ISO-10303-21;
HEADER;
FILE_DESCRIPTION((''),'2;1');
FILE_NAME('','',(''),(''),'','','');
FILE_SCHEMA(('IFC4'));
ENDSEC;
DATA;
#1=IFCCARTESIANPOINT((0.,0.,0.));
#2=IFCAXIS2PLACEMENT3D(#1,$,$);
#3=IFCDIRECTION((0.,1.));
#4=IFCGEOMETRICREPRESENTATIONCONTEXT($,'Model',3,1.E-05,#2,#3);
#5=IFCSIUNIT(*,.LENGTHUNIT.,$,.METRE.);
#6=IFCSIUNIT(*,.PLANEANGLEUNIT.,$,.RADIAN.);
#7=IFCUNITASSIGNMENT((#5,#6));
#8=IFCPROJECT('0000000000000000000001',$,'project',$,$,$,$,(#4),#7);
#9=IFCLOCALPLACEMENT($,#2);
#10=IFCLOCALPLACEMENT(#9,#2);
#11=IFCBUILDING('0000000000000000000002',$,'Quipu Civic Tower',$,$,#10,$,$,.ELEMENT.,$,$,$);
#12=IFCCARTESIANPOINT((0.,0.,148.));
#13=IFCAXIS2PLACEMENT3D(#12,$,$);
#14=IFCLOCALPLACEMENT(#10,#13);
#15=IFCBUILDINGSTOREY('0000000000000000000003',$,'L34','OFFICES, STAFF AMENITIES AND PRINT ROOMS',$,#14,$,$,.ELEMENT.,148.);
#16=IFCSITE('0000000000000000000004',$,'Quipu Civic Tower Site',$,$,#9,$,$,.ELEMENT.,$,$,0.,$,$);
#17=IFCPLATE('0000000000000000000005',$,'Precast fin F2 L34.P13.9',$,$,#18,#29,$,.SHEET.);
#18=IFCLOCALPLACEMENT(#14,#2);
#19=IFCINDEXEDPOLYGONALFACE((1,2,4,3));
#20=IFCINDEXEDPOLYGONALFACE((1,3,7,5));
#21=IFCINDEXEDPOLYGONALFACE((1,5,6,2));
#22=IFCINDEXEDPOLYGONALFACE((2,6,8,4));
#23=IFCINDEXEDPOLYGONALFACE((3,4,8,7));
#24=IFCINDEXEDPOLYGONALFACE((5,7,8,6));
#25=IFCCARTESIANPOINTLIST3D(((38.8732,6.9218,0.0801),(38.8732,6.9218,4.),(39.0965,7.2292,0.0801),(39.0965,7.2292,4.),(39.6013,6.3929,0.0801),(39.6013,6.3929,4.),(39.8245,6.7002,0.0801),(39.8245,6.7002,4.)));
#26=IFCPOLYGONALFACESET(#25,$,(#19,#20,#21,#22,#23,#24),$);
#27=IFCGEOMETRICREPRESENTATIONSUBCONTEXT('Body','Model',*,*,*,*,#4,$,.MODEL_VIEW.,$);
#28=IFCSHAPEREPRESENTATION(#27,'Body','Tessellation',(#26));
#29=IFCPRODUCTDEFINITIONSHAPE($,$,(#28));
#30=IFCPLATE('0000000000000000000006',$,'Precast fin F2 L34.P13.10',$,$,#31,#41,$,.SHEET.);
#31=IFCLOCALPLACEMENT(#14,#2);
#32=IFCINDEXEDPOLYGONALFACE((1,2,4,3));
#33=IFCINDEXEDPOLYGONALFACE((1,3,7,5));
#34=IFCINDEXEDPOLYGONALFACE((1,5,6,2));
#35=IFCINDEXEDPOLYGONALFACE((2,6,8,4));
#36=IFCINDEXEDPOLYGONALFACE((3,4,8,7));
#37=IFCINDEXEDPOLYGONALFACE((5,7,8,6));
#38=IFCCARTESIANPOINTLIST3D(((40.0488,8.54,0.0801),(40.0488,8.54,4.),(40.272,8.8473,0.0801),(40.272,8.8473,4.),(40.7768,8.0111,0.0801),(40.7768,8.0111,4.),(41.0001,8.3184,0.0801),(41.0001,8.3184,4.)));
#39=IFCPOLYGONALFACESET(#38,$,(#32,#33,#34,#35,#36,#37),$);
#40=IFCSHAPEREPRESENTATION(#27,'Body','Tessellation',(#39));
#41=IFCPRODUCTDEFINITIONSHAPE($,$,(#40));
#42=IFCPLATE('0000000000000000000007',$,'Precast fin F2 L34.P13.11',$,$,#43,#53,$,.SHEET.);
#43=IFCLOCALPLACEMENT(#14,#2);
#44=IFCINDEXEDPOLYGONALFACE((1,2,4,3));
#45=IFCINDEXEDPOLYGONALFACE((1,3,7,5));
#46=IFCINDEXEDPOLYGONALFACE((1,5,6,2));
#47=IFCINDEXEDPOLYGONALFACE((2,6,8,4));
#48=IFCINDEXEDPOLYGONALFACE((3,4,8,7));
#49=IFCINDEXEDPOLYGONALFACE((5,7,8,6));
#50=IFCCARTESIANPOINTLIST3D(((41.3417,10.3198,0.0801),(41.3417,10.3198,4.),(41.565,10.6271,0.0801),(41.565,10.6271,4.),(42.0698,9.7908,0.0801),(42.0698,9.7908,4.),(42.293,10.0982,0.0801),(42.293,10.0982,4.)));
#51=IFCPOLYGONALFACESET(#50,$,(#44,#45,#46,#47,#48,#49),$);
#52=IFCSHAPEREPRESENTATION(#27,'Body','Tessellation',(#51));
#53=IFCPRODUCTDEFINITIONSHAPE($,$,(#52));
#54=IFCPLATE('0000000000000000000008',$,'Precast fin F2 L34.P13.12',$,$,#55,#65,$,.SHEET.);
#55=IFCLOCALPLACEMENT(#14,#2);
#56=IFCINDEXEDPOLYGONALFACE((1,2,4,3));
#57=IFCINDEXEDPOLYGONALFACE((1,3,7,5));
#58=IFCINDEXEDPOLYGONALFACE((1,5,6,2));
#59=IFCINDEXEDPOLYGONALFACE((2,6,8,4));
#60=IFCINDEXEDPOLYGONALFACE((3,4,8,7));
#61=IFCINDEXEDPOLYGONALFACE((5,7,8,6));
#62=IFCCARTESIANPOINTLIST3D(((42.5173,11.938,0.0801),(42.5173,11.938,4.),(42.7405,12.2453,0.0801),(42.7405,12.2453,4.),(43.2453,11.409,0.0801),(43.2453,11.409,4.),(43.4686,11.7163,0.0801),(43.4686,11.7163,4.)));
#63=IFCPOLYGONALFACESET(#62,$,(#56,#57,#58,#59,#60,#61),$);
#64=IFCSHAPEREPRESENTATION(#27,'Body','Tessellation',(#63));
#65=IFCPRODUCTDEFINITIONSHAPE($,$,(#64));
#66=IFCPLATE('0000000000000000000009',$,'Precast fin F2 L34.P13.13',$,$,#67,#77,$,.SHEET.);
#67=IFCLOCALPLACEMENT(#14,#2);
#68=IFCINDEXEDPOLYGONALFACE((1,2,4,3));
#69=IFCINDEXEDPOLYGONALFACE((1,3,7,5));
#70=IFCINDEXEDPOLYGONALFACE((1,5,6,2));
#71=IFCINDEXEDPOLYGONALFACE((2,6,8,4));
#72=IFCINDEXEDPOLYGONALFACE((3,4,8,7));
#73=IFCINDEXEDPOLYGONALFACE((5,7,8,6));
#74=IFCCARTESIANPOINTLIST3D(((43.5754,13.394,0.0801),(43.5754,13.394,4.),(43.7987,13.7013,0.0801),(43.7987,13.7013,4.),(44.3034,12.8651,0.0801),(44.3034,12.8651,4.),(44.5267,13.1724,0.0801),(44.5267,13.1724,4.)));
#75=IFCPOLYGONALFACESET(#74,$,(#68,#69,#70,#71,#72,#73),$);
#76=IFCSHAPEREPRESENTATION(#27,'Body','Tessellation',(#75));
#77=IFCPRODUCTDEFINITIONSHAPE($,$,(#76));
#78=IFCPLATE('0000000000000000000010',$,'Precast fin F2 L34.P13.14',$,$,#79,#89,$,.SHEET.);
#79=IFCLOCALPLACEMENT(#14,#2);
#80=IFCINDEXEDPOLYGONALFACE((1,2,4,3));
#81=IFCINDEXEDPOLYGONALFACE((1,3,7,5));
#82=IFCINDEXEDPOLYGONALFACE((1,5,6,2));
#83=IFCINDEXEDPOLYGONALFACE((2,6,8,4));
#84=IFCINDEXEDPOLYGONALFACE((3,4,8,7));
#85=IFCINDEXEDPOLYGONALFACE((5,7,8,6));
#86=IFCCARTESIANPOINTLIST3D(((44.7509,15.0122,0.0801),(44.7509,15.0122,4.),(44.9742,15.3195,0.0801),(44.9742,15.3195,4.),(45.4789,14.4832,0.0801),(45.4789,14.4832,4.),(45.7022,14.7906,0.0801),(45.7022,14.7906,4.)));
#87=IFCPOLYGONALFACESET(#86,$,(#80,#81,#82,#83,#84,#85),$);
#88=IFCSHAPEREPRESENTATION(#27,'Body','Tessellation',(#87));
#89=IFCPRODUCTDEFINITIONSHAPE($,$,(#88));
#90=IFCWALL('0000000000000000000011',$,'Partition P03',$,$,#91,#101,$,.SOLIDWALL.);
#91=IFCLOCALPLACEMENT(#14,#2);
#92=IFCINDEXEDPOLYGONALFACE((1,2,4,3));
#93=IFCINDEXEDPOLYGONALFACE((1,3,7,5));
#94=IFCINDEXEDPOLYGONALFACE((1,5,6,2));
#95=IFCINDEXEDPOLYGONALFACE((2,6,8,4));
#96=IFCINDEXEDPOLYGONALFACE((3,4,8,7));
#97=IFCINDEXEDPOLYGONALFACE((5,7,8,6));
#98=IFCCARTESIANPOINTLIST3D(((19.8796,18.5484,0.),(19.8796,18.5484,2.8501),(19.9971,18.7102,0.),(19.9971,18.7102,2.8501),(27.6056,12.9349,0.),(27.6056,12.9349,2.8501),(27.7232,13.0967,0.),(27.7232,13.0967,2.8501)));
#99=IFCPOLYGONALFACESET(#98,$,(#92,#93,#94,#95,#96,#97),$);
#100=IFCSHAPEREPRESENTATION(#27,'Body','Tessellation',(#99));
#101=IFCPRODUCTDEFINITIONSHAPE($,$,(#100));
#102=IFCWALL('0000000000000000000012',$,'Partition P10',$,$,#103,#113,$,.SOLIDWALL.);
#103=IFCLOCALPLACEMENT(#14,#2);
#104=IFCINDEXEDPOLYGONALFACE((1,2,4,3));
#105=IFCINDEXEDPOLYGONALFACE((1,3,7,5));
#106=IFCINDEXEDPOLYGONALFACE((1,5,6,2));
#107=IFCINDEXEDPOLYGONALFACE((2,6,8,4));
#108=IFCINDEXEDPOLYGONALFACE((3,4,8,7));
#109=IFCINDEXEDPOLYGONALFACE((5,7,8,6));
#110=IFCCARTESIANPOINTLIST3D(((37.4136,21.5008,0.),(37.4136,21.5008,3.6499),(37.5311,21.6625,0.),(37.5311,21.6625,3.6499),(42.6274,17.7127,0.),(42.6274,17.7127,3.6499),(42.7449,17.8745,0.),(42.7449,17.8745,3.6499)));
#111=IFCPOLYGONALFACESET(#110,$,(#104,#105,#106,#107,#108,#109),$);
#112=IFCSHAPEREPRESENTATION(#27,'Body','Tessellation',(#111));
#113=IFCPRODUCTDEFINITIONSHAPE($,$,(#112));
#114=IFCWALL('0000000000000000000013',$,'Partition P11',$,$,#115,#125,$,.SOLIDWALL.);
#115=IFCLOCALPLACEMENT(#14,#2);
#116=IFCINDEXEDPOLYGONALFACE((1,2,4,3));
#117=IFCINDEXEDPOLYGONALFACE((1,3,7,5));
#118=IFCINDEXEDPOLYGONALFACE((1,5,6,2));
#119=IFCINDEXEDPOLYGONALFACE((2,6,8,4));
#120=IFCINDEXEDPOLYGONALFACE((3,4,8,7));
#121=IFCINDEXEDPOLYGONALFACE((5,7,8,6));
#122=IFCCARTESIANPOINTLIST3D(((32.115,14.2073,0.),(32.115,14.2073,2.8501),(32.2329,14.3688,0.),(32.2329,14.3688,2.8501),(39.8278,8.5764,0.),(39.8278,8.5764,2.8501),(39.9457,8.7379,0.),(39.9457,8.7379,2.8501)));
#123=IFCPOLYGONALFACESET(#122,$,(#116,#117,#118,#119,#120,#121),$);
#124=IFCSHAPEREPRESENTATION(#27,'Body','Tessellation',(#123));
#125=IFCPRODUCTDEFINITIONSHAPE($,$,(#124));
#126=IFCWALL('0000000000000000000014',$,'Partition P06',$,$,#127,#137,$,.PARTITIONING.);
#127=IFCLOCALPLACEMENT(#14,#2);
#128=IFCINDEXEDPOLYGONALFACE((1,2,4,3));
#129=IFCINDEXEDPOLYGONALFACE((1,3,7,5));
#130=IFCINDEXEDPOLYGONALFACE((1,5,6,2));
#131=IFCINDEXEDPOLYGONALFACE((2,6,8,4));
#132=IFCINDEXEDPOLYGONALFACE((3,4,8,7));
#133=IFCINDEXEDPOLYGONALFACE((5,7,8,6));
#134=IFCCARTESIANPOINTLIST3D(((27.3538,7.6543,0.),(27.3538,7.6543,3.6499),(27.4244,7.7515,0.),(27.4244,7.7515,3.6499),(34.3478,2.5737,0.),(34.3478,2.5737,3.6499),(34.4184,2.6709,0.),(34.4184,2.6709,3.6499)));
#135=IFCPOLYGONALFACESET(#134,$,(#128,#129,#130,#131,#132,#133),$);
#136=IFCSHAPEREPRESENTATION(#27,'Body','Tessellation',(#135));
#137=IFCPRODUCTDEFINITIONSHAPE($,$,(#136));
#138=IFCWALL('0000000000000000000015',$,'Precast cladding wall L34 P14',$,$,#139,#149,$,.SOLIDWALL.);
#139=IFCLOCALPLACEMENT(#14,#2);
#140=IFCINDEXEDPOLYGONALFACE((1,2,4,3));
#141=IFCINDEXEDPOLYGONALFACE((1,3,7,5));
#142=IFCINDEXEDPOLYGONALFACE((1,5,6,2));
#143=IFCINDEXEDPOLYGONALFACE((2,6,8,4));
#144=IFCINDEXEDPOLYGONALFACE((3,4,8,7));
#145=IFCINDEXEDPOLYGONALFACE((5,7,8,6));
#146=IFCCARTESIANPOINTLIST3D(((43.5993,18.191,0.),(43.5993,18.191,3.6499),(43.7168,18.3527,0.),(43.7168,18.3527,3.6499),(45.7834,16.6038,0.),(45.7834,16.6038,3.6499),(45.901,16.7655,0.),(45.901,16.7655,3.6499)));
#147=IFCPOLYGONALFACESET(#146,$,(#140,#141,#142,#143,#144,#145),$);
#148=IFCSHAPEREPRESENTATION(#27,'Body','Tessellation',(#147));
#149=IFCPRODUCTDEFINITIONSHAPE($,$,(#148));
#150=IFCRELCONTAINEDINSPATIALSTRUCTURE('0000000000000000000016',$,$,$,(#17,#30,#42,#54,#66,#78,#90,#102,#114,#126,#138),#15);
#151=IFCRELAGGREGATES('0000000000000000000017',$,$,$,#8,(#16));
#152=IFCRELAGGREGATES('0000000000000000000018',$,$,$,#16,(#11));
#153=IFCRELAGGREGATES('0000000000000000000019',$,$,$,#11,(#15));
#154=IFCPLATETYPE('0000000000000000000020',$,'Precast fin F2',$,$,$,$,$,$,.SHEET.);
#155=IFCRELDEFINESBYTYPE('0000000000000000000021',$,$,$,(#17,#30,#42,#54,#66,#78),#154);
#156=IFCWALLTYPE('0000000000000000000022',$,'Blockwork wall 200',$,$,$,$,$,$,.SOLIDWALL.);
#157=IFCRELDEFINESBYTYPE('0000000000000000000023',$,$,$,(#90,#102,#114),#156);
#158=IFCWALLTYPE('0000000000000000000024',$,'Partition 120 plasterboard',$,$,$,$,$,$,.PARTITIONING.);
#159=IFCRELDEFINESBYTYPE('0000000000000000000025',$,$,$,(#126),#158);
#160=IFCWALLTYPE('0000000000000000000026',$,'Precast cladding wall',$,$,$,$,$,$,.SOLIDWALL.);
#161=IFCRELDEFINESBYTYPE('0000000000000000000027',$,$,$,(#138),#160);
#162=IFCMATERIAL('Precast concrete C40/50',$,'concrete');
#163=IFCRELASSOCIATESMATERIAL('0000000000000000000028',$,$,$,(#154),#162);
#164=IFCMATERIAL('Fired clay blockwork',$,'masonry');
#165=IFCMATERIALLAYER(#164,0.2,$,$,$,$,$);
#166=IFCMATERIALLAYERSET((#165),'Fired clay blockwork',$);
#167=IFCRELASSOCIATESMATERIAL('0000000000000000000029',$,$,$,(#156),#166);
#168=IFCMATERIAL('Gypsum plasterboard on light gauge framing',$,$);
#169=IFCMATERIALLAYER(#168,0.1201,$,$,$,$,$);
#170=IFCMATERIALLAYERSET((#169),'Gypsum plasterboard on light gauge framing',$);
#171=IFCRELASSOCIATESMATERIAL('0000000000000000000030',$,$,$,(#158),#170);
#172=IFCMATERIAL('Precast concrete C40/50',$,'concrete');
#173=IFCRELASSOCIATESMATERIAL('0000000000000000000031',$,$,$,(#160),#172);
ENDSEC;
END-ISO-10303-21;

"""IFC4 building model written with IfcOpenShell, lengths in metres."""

from ifc_helpers import new_model, si_unit, direction, frame, frame_2d, origin, origin_2d, place, context, subcontext, project, spatial, rectangle, extrude, material, layer, layer_set, type_object, element, save


model = new_model("IFC4")

# Units and contexts
model_context = context("Model", 3, precision=1e-05, world=origin(), true_north=direction((0.0, 1.0)))
body_context = subcontext(model_context, "Body", "Model", "MODEL_VIEW")
ifc_project = project(units=[si_unit("LENGTHUNIT", "METRE"), si_unit("PLANEANGLEUNIT", "RADIAN")], contexts=[model_context])

# Site, building, storey
site_placement = place(None, origin())
site = spatial("IfcSite", under=ifc_project, at=site_placement, Name="Quipu Civic Tower Site", CompositionType="ELEMENT", RefElevation=0.0)
building_placement = place(site_placement, origin())
building = spatial("IfcBuilding", under=site, at=building_placement, Name="Quipu Civic Tower", CompositionType="ELEMENT")
storey_placement = place(building_placement, frame((0.0, 0.0, 148.0)))
storey = spatial("IfcBuildingStorey", under=building, at=storey_placement, Name="L34", Description="OFFICES, STAFF AMENITIES AND PRINT ROOMS", CompositionType="ELEMENT", Elevation=148.0)

# Plates
ifc_material_1 = material(Name="Precast concrete C40/50", Category="concrete")
plate_type_1 = type_object("IfcPlateType", Name="Precast fin F2", PredefinedType="SHEET", material=ifc_material_1)
for number, where, z_axis, x_axis, name in (
    (1, (39.3489, 6.811, 0.0801), (0.0, 0.0, 1.0), (0.587786, 0.809017, 0.0), "Precast fin F2 L34.P13.9"),
    (2, (40.5244, 8.4292, 0.0801), (0.0, 0.0, 1.0), (0.587786, 0.809017, 0.0), "Precast fin F2 L34.P13.10"),
    (3, (41.8174, 10.209, 0.0801), (0.0, 0.0, 1.0), (0.587786, 0.809017, 0.0), "Precast fin F2 L34.P13.11"),
    (4, (42.9929, 11.8271, 0.0801), (0.0, 0.0, 1.0), (0.587786, 0.809017, 0.0), "Precast fin F2 L34.P13.12"),
    (5, (44.051, 13.2832, 0.0801), (0.0, 0.0, 1.0), (0.587786, 0.809017, 0.0), "Precast fin F2 L34.P13.13"),
    (6, (45.2266, 14.9014, 0.0801), (0.0, 0.0, 1.0), (0.587786, 0.809017, 0.0), "Precast fin F2 L34.P13.14"),
):
    element("IfcPlate", number, at=place(storey_placement, frame(where, z_axis=z_axis, x_axis=x_axis)), inside=storey, type_object=plate_type_1, Name=name, PredefinedType="SHEET", context=body_context, shape_type="SweptSolid", body=[
        extrude(rectangle(XDim=0.3799, YDim=0.8999, at=origin_2d()), origin(), (0.0, 0.0, 1.0), 3.9199),
    ])

# Walls
ifc_material_2 = material(Name="Fired clay blockwork", Category="masonry")
ifc_layer_1 = layer(ifc_material_2, 0.2)
ifc_layer_set_1 = layer_set([ifc_layer_1], Name="Fired clay blockwork")
wall_type_1 = type_object("IfcWallType", Name="Blockwork wall 200", PredefinedType="SOLIDWALL", material=ifc_layer_set_1)
wall_1_placement = place(storey_placement, frame((27.6643, 13.0159, 0.0), z_axis=(0.0, 0.0, 1.0), x_axis=(-0.809007, 0.587799, 0.0)))
element("IfcWall", 7, at=wall_1_placement, inside=storey, type_object=wall_type_1, Name="Partition P03", PredefinedType="SOLIDWALL", context=body_context, shape_type="SweptSolid", body=[
    extrude(rectangle(XDim=9.55, YDim=0.2, at=frame_2d((4.7749, 0.0))), origin(), (0.0, 0.0, 1.0), 2.8501),
])
wall_2_placement = place(storey_placement, frame((42.686, 17.7937, 0.0), z_axis=(0.0, 0.0, 1.0), x_axis=(-0.809018, 0.587784, 0.0)))
element("IfcWall", 8, at=wall_2_placement, inside=storey, type_object=wall_type_1, Name="Partition P10", PredefinedType="SOLIDWALL", context=body_context, shape_type="SweptSolid", body=[
    extrude(rectangle(XDim=6.4446, YDim=0.2, at=frame_2d((3.2222, 0.0))), origin(), (0.0, 0.0, 1.0), 3.6499),
])
wall_3_placement = place(storey_placement, frame((32.1738, 14.2881, 0.0), z_axis=(0.0, 0.0, 1.0), x_axis=(0.807665, -0.589642, 0.0)))
element("IfcWall", 9, at=wall_3_placement, inside=storey, type_object=wall_type_1, Name="Partition P11", PredefinedType="SOLIDWALL", context=body_context, shape_type="SweptSolid", body=[
    extrude(rectangle(XDim=9.5496, YDim=0.2, at=frame_2d((4.7749, 0.0))), origin(), (0.0, 0.0, 1.0), 2.8501),
])
ifc_material_3 = material(Name="Gypsum plasterboard on light gauge framing")
ifc_layer_2 = layer(ifc_material_3, 0.1201)
ifc_layer_set_2 = layer_set([ifc_layer_2], Name="Gypsum plasterboard on light gauge framing")
wall_type_2 = type_object("IfcWallType", Name="Partition 120 plasterboard", PredefinedType="PARTITIONING", material=ifc_layer_set_2)
wall_4_placement = place(storey_placement, frame((34.3831, 2.6223, 0.0), z_axis=(0.0, 0.0, 1.0), x_axis=(-0.809061, 0.587725, 0.0)))
element("IfcWall", 10, at=wall_4_placement, inside=storey, type_object=wall_type_2, Name="Partition P06", PredefinedType="PARTITIONING", context=body_context, shape_type="SweptSolid", body=[
    extrude(rectangle(XDim=8.6445, YDim=0.1201, at=frame_2d((4.3223, 0.0))), origin(), (0.0, 0.0, 1.0), 3.6499),
])
ifc_material_4 = material(Name="Precast concrete C40/50", Category="concrete")
wall_type_3 = type_object("IfcWallType", Name="Precast cladding wall", PredefinedType="SOLIDWALL", material=ifc_material_4)
wall_5_placement = place(storey_placement, frame((45.8423, 16.6846, 0.0), z_axis=(0.0, 0.0, 1.0), x_axis=(-0.808959, 0.587865, 0.0)))
element("IfcWall", 11, at=wall_5_placement, inside=storey, type_object=wall_type_3, Name="Precast cladding wall L34 P14", PredefinedType="SOLIDWALL", context=body_context, shape_type="SweptSolid", body=[
    extrude(rectangle(XDim=2.7, YDim=0.2, at=frame_2d((1.3501, 0.0))), origin(), (0.0, 0.0, 1.0), 3.6499),
])

save(model, "model.ifc")
